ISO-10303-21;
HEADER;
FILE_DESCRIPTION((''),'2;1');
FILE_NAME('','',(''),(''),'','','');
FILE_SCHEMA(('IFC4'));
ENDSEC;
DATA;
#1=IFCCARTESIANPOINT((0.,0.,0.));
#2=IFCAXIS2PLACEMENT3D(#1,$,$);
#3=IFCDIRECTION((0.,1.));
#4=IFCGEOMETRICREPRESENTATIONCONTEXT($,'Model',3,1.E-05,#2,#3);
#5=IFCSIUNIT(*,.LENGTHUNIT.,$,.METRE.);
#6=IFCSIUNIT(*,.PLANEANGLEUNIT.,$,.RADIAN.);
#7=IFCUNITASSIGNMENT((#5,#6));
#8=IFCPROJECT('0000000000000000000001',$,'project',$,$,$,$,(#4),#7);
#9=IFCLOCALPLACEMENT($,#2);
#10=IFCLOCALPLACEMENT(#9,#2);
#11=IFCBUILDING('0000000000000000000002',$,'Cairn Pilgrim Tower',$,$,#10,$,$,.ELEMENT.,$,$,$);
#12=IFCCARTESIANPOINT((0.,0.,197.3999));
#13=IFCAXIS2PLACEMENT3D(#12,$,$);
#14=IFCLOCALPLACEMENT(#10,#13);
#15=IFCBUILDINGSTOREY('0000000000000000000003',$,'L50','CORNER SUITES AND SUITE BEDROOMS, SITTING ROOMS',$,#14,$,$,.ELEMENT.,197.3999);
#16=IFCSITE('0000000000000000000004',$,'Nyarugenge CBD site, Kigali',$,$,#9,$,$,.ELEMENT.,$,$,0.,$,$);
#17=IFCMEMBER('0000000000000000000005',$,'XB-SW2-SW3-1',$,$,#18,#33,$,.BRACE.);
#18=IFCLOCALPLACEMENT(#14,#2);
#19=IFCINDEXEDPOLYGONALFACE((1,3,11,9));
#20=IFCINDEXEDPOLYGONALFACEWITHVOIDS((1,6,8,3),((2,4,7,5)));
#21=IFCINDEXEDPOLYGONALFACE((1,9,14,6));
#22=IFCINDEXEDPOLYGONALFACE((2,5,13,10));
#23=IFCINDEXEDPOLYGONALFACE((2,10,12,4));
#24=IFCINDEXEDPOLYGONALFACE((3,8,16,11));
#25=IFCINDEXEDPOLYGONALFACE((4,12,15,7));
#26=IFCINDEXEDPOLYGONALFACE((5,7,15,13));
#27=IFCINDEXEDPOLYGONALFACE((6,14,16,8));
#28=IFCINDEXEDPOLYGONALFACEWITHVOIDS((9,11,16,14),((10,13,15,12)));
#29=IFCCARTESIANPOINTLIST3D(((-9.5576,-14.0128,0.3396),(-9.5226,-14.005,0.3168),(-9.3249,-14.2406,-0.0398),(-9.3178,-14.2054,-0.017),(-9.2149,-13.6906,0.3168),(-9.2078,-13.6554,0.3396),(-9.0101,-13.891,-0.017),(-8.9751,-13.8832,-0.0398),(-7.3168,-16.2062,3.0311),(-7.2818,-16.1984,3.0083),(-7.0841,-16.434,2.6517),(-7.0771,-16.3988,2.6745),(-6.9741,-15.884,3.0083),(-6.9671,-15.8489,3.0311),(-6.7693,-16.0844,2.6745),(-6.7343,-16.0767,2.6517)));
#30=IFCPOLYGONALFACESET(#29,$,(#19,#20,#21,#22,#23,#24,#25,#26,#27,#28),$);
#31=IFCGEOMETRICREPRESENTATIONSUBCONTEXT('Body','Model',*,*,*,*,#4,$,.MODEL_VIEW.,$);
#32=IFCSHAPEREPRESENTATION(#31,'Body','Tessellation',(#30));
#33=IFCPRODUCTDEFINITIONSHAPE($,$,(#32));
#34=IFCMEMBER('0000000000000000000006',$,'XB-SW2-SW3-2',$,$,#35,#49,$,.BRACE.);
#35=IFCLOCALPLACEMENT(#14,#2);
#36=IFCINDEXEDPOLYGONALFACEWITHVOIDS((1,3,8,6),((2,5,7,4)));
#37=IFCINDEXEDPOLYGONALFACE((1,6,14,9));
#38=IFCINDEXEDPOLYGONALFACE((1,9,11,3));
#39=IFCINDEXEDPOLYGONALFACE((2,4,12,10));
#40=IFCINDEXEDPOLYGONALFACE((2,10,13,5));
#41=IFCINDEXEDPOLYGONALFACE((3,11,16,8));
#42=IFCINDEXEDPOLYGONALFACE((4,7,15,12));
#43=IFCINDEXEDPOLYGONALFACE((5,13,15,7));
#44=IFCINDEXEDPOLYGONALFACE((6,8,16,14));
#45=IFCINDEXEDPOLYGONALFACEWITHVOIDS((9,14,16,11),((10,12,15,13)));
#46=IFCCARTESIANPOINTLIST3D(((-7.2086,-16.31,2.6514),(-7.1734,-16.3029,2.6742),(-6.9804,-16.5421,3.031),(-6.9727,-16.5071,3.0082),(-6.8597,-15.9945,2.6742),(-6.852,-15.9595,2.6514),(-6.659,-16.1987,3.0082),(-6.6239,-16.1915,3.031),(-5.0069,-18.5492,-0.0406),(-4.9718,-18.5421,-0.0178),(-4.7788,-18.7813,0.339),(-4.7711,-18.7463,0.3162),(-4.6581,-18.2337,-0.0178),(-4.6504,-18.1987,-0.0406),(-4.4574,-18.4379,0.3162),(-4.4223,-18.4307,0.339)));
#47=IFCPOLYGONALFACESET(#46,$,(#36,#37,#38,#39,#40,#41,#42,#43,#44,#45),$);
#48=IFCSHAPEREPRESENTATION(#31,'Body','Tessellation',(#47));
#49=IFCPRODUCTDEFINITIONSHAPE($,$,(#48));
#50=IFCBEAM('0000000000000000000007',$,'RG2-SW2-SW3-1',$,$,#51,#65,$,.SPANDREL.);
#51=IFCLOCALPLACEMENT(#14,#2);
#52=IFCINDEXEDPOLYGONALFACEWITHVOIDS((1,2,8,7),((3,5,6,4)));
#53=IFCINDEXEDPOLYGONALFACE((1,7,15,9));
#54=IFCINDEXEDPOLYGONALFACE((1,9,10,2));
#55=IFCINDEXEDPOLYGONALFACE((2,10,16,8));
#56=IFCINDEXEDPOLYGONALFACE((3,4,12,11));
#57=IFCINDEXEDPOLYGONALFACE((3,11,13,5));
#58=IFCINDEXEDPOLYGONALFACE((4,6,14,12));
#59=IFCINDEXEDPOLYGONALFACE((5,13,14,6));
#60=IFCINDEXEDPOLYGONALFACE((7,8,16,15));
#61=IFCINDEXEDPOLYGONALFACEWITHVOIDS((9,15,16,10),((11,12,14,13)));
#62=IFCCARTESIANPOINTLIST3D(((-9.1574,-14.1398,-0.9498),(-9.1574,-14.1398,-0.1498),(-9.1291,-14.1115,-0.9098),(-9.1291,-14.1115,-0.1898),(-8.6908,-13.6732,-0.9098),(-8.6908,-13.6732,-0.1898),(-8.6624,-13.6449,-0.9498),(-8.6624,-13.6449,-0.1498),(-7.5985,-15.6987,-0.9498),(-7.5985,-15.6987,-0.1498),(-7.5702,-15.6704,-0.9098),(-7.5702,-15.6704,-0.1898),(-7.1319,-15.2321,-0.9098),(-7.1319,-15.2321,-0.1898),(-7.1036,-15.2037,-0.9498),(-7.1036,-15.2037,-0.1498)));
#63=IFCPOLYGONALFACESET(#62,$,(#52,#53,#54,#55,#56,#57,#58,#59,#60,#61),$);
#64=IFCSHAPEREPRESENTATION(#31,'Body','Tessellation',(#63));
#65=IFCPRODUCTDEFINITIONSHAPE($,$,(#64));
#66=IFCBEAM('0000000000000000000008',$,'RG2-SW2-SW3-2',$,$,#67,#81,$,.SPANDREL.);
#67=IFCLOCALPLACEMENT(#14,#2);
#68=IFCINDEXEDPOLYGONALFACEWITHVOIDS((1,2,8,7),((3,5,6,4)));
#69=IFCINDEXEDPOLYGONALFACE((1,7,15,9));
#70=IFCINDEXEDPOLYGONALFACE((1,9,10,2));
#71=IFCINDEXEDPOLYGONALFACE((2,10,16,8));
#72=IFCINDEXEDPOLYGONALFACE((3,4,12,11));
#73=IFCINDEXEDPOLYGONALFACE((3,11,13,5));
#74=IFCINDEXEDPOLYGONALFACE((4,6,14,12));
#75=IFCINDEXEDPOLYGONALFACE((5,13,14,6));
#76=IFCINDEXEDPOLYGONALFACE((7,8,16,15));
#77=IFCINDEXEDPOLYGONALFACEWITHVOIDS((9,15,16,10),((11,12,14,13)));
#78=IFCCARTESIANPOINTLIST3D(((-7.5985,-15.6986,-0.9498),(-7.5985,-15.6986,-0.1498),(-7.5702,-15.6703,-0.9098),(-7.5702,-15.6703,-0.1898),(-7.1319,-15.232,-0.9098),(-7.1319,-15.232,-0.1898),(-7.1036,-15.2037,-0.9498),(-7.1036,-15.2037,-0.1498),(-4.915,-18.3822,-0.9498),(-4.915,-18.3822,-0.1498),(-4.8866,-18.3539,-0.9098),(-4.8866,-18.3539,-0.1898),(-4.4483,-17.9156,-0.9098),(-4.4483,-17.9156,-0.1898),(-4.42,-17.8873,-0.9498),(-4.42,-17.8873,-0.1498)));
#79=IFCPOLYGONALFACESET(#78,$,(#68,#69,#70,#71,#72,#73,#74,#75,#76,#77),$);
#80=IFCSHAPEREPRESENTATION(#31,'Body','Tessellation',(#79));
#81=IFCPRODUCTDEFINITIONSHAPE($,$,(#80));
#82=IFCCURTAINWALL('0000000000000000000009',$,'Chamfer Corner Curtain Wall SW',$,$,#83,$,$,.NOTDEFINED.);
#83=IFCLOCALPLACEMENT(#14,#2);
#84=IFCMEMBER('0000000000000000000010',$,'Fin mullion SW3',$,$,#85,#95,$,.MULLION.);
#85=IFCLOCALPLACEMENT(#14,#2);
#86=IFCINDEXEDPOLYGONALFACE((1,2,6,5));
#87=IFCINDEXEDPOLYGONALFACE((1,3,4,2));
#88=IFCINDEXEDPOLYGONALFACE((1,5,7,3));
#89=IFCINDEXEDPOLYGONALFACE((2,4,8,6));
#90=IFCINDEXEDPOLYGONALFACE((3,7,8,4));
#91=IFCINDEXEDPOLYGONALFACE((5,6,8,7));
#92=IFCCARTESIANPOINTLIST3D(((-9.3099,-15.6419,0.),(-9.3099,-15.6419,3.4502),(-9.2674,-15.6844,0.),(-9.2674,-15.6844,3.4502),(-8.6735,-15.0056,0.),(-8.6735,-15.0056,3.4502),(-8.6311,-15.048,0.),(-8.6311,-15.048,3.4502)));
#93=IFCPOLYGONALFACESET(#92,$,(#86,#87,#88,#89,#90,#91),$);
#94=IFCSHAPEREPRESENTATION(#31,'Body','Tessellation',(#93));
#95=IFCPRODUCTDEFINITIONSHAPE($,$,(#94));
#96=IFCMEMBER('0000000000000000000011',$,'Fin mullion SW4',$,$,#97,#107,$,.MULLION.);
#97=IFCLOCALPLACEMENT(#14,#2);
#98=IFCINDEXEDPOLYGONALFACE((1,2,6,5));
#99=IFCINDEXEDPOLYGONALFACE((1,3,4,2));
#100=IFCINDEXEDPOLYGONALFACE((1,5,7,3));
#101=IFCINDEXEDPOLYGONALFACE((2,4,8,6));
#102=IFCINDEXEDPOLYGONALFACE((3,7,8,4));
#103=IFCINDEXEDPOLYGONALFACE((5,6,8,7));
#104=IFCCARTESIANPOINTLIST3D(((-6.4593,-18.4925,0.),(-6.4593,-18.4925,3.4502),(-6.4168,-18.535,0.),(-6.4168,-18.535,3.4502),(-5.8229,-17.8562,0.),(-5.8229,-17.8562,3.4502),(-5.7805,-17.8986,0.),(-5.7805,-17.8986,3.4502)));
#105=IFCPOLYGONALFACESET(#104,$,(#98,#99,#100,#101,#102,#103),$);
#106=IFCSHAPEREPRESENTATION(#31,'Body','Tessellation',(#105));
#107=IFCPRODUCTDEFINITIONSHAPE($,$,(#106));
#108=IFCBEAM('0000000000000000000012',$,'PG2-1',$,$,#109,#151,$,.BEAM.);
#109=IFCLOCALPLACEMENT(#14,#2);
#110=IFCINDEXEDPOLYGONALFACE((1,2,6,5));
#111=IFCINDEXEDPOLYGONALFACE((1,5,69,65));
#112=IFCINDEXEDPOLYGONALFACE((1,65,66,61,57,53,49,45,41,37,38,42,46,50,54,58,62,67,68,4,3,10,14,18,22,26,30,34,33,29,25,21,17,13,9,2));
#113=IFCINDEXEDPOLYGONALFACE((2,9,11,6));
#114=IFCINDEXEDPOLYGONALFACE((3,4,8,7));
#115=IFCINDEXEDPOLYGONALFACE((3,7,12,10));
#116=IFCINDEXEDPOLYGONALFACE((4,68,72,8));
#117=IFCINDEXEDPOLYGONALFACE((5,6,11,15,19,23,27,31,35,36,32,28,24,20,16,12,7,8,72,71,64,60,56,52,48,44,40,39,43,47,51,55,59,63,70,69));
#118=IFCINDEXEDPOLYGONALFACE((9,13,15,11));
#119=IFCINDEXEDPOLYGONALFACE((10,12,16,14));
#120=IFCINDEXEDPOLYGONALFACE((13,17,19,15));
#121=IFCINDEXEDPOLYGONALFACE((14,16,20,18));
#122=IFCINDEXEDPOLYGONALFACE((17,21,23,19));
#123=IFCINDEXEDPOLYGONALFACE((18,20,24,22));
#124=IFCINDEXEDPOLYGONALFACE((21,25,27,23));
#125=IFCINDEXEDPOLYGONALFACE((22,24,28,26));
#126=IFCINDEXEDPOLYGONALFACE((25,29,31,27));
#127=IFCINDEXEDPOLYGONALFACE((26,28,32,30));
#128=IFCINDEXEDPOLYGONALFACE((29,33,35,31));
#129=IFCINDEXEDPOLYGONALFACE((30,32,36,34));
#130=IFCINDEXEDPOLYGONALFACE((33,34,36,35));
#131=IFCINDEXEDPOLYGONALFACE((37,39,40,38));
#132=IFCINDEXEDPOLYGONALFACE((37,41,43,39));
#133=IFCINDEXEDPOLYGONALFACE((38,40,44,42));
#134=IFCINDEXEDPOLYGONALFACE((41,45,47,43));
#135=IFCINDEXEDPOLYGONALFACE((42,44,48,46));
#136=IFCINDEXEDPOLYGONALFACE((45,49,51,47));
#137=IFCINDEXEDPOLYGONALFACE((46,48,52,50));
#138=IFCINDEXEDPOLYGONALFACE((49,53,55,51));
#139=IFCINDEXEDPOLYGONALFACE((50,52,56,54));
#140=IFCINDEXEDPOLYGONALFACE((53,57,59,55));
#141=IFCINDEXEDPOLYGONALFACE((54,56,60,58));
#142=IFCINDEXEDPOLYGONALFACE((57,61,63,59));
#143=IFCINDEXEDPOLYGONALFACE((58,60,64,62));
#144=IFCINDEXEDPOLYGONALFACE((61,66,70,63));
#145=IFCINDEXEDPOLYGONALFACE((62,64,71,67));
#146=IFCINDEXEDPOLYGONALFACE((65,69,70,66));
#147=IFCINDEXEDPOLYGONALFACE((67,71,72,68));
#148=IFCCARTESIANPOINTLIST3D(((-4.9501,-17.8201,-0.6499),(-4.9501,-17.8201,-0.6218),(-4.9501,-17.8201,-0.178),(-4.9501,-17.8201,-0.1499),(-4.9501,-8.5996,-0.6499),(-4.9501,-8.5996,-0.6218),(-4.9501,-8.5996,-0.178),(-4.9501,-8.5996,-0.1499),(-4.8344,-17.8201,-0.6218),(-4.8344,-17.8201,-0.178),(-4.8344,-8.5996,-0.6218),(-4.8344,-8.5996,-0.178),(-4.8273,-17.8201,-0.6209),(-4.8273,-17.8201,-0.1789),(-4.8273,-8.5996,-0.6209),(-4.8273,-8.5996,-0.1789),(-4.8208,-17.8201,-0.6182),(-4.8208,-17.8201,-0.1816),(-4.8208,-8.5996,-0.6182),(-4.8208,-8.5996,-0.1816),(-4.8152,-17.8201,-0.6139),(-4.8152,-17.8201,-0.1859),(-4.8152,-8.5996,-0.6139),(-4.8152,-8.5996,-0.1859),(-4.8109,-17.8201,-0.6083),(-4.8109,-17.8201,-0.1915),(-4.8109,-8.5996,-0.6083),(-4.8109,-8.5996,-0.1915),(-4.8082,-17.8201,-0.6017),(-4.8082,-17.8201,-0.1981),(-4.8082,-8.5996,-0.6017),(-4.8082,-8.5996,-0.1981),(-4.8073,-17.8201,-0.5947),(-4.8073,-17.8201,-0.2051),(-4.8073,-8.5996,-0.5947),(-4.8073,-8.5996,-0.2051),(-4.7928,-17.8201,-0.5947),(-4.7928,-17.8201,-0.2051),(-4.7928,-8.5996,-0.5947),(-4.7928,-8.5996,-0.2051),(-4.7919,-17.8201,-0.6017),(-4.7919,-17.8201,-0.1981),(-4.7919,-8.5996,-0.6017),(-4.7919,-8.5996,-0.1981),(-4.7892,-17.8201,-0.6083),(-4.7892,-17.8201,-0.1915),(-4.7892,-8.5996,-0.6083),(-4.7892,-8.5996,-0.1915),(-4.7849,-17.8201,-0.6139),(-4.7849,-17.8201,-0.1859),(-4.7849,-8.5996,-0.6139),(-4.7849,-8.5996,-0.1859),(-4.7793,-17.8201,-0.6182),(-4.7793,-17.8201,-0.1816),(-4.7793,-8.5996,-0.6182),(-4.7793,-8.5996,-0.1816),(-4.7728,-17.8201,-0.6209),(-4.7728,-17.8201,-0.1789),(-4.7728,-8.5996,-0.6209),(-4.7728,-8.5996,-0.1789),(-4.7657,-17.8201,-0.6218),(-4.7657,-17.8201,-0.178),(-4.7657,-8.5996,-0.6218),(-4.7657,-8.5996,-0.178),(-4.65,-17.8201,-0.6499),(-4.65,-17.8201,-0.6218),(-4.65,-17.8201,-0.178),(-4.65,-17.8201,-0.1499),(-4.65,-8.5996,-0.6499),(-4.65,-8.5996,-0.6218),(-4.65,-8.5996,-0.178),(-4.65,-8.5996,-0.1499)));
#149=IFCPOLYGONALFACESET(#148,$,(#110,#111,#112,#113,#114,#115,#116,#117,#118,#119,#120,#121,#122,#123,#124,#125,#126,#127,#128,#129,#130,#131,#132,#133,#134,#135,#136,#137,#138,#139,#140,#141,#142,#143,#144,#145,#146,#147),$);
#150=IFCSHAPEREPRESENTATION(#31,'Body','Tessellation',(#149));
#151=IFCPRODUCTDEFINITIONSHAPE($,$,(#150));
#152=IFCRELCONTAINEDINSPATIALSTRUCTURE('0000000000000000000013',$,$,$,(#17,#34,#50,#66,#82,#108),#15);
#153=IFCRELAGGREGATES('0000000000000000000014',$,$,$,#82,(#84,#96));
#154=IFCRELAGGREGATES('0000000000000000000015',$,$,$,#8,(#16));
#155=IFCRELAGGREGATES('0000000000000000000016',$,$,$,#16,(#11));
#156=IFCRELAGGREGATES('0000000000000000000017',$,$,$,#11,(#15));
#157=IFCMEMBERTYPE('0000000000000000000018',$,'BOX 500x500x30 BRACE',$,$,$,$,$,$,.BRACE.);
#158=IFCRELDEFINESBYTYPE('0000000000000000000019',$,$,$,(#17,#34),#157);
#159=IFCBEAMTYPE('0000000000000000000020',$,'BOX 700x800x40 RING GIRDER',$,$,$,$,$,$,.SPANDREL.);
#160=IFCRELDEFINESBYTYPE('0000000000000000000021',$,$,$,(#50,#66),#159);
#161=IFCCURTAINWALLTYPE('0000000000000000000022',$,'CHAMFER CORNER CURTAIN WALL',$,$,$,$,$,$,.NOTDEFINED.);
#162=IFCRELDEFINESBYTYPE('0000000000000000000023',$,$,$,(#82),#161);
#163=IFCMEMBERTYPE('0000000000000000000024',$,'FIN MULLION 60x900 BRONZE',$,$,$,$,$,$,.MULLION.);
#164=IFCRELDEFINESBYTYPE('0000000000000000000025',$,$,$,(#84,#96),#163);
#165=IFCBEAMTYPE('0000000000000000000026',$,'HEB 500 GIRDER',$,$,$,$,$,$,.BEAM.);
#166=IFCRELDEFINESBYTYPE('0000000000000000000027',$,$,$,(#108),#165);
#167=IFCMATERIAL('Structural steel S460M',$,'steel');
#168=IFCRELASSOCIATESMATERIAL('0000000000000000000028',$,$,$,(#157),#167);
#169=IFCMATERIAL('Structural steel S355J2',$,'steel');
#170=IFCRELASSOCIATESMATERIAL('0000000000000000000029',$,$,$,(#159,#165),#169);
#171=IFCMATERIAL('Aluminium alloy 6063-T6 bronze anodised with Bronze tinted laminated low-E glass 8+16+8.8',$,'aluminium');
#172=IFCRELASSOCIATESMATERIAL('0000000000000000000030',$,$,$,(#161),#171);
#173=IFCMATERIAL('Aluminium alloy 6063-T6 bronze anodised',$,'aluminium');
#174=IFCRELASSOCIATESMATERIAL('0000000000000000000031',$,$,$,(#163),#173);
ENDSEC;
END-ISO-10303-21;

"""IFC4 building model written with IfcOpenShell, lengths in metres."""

from ifc_helpers import new_model, si_unit, direction, frame, origin, origin_2d, place, context, subcontext, project, spatial, rectangle, hollow_rectangle, i_section, extrude, material, material_profile, profile_set, type_object, element, aggregate, save


model = new_model("IFC4")

# Units and contexts
model_context = context("Model", 3, precision=1e-05, world=origin(), true_north=direction((0.0, 1.0)))
body_context = subcontext(model_context, "Body", "Model", "MODEL_VIEW")
ifc_project = project(units=[si_unit("LENGTHUNIT", "METRE"), si_unit("PLANEANGLEUNIT", "RADIAN")], contexts=[model_context])

# Site, building, storey
site_placement = place(None, origin())
site = spatial("IfcSite", under=ifc_project, at=site_placement, Name="Nyarugenge CBD site, Kigali", CompositionType="ELEMENT", RefElevation=0.0)
building_placement = place(site_placement, origin())
building = spatial("IfcBuilding", under=site, at=building_placement, Name="Cairn Pilgrim Tower", CompositionType="ELEMENT")
storey_placement = place(building_placement, frame((0.0, 0.0, 197.3999)))
storey = spatial("IfcBuildingStorey", under=building, at=storey_placement, Name="L50", Description="CORNER SUITES AND SUITE BEDROOMS, SITTING ROOMS", CompositionType="ELEMENT", Elevation=197.3999)

# Shared definitions
ifc_material_1 = material(Name="Structural steel S460M", Category="steel")

# Members
ifc_material_profile_1 = material_profile(ifc_material_1, hollow_rectangle(XDim=0.5, YDim=0.5, WallThickness=0.03, at=origin_2d()), Name="BOX 500x500x30")
ifc_profile_set_1 = profile_set([ifc_material_profile_1], Name="Structural steel S460M")
member_type_1 = type_object("IfcMemberType", Name="BOX 500x500x30 BRACE", PredefinedType="BRACE", material=ifc_profile_set_1)
member_1_placement = place(storey_placement, frame((-9.2664, -13.948, 0.1499), z_axis=(0.542255, -0.530793, 0.65132), x_axis=(0.699514, 0.714619, 0.0)))
element("IfcMember", 1, at=member_1_placement, inside=storey, type_object=member_type_1, Name="XB-SW2-SW3-1", PredefinedType="BRACE", context=body_context, shape_type="SweptSolid", body=[
    extrude(hollow_rectangle(XDim=0.5, YDim=0.5, WallThickness=0.03, at=origin_2d()), origin(), (0.0, 0.0, 1.0), 4.1323),
])
member_2_placement = place(storey_placement, frame((-4.7146, -18.49, 0.1492), z_axis=(-0.532274, 0.541364, 0.650853), x_axis=(-0.713068, -0.701095, 0.0)))
element("IfcMember", 2, at=member_2_placement, inside=storey, type_object=member_type_1, Name="XB-SW2-SW3-2", PredefinedType="BRACE", context=body_context, shape_type="SweptSolid", body=[
    extrude(hollow_rectangle(XDim=0.5, YDim=0.5, WallThickness=0.03, at=origin_2d()), origin(), (0.0, 0.0, 1.0), 4.1362),
])

# Beams
ifc_material_2 = material(Name="Structural steel S355J2", Category="steel")
ifc_material_profile_2 = material_profile(ifc_material_2, hollow_rectangle(XDim=0.7, YDim=0.8, WallThickness=0.04, at=origin_2d()), Name="BOX 700x800x40")
ifc_profile_set_2 = profile_set([ifc_material_profile_2], Name="Structural steel S355J2")
beam_type_1 = type_object("IfcBeamType", Name="BOX 700x800x40 RING GIRDER", PredefinedType="SPANDREL", material=ifc_profile_set_2)
beam_1_placement = place(storey_placement, frame((-8.9099, -13.8923, -0.5498), z_axis=(0.707107, -0.707107, 0.0), x_axis=(0.707107, 0.707107, 0.0)))
element("IfcBeam", 3, at=beam_1_placement, inside=storey, type_object=beam_type_1, Name="RG2-SW2-SW3-1", PredefinedType="SPANDREL", context=body_context, shape_type="SweptSolid", body=[
    extrude(hollow_rectangle(XDim=0.7, YDim=0.8, WallThickness=0.04, at=origin_2d()), origin(), (0.0, 0.0, 1.0), 2.2046),
])
beam_2_placement = place(storey_placement, frame((-7.3511, -15.4512, -0.5498), z_axis=(0.707107, -0.707107, 0.0), x_axis=(0.707107, 0.707107, 0.0)))
element("IfcBeam", 4, at=beam_2_placement, inside=storey, type_object=beam_type_1, Name="RG2-SW2-SW3-2", PredefinedType="SPANDREL", context=body_context, shape_type="SweptSolid", body=[
    extrude(hollow_rectangle(XDim=0.7, YDim=0.8, WallThickness=0.04, at=origin_2d()), origin(), (0.0, 0.0, 1.0), 3.7952),
])

# Curtain wall, members
ifc_material_3 = material(Name="Aluminium alloy 6063-T6 bronze anodised with Bronze tinted laminated low-E glass 8+16+8.8", Category="aluminium")
curtain_wall_type = type_object("IfcCurtainWallType", Name="CHAMFER CORNER CURTAIN WALL", PredefinedType="NOTDEFINED", material=ifc_material_3)
curtain_wall_placement = place(storey_placement, origin())
curtain_wall = element("IfcCurtainWall", 5, at=curtain_wall_placement, inside=storey, type_object=curtain_wall_type, Name="Chamfer Corner Curtain Wall SW", PredefinedType="NOTDEFINED")
ifc_material_4 = material(Name="Aluminium alloy 6063-T6 bronze anodised", Category="aluminium")
ifc_material_profile_3 = material_profile(ifc_material_4, rectangle(XDim=0.8999, YDim=0.0601, at=origin_2d()), Name="FIN MULLION 60x900 BRONZE")
ifc_profile_set_3 = profile_set([ifc_material_profile_3], Name="Aluminium alloy 6063-T6 bronze anodised")
member_type_2 = type_object("IfcMemberType", Name="FIN MULLION 60x900 BRONZE", PredefinedType="MULLION", material=ifc_profile_set_3)
member_3_placement = place(storey_placement, frame((-8.9705, -15.345, 0.0), z_axis=(0.0, 0.0, 1.0), x_axis=(-0.707107, -0.707107, 0.0)))
member_3 = element("IfcMember", 6, at=member_3_placement, type_object=member_type_2, Name="Fin mullion SW3", PredefinedType="MULLION", context=body_context, shape_type="SweptSolid", body=[
    extrude(rectangle(XDim=0.8999, YDim=0.0601, at=origin_2d()), origin(), (0.0, 0.0, 1.0), 3.4502),
])
member_4_placement = place(storey_placement, frame((-6.1199, -18.1956, 0.0), z_axis=(0.0, 0.0, 1.0), x_axis=(-0.707107, -0.707107, 0.0)))
member_4 = element("IfcMember", 7, at=member_4_placement, type_object=member_type_2, Name="Fin mullion SW4", PredefinedType="MULLION", context=body_context, shape_type="SweptSolid", body=[
    extrude(rectangle(XDim=0.8999, YDim=0.0601, at=origin_2d()), origin(), (0.0, 0.0, 1.0), 3.4502),
])

# Beam
ifc_material_profile_4 = material_profile(ifc_material_2, i_section(OverallWidth=0.3, OverallDepth=0.5, WebThickness=0.0144, FlangeThickness=0.0281, FilletRadius=0.0271, at=origin_2d()), Name="HEB 500")
ifc_profile_set_4 = profile_set([ifc_material_profile_4], Name="Structural steel S355J2")
beam_type_2 = type_object("IfcBeamType", Name="HEB 500 GIRDER", PredefinedType="BEAM", material=ifc_profile_set_4)
beam_3_placement = place(storey_placement, frame((-4.8, -17.8201, -0.3999), z_axis=(0.0, 1.0, 0.0), x_axis=(-1.0, 0.0, 0.0)))
element("IfcBeam", 8, at=beam_3_placement, inside=storey, type_object=beam_type_2, Name="PG2-1", PredefinedType="BEAM", context=body_context, shape_type="SweptSolid", body=[
    extrude(i_section(OverallWidth=0.3, OverallDepth=0.5, WebThickness=0.0144, FlangeThickness=0.0281, FilletRadius=0.0271, at=origin_2d()), origin(), (0.0, 0.0, 1.0), 9.2205),
])

aggregate(curtain_wall, [member_3, member_4])

save(model, "model.ifc")
